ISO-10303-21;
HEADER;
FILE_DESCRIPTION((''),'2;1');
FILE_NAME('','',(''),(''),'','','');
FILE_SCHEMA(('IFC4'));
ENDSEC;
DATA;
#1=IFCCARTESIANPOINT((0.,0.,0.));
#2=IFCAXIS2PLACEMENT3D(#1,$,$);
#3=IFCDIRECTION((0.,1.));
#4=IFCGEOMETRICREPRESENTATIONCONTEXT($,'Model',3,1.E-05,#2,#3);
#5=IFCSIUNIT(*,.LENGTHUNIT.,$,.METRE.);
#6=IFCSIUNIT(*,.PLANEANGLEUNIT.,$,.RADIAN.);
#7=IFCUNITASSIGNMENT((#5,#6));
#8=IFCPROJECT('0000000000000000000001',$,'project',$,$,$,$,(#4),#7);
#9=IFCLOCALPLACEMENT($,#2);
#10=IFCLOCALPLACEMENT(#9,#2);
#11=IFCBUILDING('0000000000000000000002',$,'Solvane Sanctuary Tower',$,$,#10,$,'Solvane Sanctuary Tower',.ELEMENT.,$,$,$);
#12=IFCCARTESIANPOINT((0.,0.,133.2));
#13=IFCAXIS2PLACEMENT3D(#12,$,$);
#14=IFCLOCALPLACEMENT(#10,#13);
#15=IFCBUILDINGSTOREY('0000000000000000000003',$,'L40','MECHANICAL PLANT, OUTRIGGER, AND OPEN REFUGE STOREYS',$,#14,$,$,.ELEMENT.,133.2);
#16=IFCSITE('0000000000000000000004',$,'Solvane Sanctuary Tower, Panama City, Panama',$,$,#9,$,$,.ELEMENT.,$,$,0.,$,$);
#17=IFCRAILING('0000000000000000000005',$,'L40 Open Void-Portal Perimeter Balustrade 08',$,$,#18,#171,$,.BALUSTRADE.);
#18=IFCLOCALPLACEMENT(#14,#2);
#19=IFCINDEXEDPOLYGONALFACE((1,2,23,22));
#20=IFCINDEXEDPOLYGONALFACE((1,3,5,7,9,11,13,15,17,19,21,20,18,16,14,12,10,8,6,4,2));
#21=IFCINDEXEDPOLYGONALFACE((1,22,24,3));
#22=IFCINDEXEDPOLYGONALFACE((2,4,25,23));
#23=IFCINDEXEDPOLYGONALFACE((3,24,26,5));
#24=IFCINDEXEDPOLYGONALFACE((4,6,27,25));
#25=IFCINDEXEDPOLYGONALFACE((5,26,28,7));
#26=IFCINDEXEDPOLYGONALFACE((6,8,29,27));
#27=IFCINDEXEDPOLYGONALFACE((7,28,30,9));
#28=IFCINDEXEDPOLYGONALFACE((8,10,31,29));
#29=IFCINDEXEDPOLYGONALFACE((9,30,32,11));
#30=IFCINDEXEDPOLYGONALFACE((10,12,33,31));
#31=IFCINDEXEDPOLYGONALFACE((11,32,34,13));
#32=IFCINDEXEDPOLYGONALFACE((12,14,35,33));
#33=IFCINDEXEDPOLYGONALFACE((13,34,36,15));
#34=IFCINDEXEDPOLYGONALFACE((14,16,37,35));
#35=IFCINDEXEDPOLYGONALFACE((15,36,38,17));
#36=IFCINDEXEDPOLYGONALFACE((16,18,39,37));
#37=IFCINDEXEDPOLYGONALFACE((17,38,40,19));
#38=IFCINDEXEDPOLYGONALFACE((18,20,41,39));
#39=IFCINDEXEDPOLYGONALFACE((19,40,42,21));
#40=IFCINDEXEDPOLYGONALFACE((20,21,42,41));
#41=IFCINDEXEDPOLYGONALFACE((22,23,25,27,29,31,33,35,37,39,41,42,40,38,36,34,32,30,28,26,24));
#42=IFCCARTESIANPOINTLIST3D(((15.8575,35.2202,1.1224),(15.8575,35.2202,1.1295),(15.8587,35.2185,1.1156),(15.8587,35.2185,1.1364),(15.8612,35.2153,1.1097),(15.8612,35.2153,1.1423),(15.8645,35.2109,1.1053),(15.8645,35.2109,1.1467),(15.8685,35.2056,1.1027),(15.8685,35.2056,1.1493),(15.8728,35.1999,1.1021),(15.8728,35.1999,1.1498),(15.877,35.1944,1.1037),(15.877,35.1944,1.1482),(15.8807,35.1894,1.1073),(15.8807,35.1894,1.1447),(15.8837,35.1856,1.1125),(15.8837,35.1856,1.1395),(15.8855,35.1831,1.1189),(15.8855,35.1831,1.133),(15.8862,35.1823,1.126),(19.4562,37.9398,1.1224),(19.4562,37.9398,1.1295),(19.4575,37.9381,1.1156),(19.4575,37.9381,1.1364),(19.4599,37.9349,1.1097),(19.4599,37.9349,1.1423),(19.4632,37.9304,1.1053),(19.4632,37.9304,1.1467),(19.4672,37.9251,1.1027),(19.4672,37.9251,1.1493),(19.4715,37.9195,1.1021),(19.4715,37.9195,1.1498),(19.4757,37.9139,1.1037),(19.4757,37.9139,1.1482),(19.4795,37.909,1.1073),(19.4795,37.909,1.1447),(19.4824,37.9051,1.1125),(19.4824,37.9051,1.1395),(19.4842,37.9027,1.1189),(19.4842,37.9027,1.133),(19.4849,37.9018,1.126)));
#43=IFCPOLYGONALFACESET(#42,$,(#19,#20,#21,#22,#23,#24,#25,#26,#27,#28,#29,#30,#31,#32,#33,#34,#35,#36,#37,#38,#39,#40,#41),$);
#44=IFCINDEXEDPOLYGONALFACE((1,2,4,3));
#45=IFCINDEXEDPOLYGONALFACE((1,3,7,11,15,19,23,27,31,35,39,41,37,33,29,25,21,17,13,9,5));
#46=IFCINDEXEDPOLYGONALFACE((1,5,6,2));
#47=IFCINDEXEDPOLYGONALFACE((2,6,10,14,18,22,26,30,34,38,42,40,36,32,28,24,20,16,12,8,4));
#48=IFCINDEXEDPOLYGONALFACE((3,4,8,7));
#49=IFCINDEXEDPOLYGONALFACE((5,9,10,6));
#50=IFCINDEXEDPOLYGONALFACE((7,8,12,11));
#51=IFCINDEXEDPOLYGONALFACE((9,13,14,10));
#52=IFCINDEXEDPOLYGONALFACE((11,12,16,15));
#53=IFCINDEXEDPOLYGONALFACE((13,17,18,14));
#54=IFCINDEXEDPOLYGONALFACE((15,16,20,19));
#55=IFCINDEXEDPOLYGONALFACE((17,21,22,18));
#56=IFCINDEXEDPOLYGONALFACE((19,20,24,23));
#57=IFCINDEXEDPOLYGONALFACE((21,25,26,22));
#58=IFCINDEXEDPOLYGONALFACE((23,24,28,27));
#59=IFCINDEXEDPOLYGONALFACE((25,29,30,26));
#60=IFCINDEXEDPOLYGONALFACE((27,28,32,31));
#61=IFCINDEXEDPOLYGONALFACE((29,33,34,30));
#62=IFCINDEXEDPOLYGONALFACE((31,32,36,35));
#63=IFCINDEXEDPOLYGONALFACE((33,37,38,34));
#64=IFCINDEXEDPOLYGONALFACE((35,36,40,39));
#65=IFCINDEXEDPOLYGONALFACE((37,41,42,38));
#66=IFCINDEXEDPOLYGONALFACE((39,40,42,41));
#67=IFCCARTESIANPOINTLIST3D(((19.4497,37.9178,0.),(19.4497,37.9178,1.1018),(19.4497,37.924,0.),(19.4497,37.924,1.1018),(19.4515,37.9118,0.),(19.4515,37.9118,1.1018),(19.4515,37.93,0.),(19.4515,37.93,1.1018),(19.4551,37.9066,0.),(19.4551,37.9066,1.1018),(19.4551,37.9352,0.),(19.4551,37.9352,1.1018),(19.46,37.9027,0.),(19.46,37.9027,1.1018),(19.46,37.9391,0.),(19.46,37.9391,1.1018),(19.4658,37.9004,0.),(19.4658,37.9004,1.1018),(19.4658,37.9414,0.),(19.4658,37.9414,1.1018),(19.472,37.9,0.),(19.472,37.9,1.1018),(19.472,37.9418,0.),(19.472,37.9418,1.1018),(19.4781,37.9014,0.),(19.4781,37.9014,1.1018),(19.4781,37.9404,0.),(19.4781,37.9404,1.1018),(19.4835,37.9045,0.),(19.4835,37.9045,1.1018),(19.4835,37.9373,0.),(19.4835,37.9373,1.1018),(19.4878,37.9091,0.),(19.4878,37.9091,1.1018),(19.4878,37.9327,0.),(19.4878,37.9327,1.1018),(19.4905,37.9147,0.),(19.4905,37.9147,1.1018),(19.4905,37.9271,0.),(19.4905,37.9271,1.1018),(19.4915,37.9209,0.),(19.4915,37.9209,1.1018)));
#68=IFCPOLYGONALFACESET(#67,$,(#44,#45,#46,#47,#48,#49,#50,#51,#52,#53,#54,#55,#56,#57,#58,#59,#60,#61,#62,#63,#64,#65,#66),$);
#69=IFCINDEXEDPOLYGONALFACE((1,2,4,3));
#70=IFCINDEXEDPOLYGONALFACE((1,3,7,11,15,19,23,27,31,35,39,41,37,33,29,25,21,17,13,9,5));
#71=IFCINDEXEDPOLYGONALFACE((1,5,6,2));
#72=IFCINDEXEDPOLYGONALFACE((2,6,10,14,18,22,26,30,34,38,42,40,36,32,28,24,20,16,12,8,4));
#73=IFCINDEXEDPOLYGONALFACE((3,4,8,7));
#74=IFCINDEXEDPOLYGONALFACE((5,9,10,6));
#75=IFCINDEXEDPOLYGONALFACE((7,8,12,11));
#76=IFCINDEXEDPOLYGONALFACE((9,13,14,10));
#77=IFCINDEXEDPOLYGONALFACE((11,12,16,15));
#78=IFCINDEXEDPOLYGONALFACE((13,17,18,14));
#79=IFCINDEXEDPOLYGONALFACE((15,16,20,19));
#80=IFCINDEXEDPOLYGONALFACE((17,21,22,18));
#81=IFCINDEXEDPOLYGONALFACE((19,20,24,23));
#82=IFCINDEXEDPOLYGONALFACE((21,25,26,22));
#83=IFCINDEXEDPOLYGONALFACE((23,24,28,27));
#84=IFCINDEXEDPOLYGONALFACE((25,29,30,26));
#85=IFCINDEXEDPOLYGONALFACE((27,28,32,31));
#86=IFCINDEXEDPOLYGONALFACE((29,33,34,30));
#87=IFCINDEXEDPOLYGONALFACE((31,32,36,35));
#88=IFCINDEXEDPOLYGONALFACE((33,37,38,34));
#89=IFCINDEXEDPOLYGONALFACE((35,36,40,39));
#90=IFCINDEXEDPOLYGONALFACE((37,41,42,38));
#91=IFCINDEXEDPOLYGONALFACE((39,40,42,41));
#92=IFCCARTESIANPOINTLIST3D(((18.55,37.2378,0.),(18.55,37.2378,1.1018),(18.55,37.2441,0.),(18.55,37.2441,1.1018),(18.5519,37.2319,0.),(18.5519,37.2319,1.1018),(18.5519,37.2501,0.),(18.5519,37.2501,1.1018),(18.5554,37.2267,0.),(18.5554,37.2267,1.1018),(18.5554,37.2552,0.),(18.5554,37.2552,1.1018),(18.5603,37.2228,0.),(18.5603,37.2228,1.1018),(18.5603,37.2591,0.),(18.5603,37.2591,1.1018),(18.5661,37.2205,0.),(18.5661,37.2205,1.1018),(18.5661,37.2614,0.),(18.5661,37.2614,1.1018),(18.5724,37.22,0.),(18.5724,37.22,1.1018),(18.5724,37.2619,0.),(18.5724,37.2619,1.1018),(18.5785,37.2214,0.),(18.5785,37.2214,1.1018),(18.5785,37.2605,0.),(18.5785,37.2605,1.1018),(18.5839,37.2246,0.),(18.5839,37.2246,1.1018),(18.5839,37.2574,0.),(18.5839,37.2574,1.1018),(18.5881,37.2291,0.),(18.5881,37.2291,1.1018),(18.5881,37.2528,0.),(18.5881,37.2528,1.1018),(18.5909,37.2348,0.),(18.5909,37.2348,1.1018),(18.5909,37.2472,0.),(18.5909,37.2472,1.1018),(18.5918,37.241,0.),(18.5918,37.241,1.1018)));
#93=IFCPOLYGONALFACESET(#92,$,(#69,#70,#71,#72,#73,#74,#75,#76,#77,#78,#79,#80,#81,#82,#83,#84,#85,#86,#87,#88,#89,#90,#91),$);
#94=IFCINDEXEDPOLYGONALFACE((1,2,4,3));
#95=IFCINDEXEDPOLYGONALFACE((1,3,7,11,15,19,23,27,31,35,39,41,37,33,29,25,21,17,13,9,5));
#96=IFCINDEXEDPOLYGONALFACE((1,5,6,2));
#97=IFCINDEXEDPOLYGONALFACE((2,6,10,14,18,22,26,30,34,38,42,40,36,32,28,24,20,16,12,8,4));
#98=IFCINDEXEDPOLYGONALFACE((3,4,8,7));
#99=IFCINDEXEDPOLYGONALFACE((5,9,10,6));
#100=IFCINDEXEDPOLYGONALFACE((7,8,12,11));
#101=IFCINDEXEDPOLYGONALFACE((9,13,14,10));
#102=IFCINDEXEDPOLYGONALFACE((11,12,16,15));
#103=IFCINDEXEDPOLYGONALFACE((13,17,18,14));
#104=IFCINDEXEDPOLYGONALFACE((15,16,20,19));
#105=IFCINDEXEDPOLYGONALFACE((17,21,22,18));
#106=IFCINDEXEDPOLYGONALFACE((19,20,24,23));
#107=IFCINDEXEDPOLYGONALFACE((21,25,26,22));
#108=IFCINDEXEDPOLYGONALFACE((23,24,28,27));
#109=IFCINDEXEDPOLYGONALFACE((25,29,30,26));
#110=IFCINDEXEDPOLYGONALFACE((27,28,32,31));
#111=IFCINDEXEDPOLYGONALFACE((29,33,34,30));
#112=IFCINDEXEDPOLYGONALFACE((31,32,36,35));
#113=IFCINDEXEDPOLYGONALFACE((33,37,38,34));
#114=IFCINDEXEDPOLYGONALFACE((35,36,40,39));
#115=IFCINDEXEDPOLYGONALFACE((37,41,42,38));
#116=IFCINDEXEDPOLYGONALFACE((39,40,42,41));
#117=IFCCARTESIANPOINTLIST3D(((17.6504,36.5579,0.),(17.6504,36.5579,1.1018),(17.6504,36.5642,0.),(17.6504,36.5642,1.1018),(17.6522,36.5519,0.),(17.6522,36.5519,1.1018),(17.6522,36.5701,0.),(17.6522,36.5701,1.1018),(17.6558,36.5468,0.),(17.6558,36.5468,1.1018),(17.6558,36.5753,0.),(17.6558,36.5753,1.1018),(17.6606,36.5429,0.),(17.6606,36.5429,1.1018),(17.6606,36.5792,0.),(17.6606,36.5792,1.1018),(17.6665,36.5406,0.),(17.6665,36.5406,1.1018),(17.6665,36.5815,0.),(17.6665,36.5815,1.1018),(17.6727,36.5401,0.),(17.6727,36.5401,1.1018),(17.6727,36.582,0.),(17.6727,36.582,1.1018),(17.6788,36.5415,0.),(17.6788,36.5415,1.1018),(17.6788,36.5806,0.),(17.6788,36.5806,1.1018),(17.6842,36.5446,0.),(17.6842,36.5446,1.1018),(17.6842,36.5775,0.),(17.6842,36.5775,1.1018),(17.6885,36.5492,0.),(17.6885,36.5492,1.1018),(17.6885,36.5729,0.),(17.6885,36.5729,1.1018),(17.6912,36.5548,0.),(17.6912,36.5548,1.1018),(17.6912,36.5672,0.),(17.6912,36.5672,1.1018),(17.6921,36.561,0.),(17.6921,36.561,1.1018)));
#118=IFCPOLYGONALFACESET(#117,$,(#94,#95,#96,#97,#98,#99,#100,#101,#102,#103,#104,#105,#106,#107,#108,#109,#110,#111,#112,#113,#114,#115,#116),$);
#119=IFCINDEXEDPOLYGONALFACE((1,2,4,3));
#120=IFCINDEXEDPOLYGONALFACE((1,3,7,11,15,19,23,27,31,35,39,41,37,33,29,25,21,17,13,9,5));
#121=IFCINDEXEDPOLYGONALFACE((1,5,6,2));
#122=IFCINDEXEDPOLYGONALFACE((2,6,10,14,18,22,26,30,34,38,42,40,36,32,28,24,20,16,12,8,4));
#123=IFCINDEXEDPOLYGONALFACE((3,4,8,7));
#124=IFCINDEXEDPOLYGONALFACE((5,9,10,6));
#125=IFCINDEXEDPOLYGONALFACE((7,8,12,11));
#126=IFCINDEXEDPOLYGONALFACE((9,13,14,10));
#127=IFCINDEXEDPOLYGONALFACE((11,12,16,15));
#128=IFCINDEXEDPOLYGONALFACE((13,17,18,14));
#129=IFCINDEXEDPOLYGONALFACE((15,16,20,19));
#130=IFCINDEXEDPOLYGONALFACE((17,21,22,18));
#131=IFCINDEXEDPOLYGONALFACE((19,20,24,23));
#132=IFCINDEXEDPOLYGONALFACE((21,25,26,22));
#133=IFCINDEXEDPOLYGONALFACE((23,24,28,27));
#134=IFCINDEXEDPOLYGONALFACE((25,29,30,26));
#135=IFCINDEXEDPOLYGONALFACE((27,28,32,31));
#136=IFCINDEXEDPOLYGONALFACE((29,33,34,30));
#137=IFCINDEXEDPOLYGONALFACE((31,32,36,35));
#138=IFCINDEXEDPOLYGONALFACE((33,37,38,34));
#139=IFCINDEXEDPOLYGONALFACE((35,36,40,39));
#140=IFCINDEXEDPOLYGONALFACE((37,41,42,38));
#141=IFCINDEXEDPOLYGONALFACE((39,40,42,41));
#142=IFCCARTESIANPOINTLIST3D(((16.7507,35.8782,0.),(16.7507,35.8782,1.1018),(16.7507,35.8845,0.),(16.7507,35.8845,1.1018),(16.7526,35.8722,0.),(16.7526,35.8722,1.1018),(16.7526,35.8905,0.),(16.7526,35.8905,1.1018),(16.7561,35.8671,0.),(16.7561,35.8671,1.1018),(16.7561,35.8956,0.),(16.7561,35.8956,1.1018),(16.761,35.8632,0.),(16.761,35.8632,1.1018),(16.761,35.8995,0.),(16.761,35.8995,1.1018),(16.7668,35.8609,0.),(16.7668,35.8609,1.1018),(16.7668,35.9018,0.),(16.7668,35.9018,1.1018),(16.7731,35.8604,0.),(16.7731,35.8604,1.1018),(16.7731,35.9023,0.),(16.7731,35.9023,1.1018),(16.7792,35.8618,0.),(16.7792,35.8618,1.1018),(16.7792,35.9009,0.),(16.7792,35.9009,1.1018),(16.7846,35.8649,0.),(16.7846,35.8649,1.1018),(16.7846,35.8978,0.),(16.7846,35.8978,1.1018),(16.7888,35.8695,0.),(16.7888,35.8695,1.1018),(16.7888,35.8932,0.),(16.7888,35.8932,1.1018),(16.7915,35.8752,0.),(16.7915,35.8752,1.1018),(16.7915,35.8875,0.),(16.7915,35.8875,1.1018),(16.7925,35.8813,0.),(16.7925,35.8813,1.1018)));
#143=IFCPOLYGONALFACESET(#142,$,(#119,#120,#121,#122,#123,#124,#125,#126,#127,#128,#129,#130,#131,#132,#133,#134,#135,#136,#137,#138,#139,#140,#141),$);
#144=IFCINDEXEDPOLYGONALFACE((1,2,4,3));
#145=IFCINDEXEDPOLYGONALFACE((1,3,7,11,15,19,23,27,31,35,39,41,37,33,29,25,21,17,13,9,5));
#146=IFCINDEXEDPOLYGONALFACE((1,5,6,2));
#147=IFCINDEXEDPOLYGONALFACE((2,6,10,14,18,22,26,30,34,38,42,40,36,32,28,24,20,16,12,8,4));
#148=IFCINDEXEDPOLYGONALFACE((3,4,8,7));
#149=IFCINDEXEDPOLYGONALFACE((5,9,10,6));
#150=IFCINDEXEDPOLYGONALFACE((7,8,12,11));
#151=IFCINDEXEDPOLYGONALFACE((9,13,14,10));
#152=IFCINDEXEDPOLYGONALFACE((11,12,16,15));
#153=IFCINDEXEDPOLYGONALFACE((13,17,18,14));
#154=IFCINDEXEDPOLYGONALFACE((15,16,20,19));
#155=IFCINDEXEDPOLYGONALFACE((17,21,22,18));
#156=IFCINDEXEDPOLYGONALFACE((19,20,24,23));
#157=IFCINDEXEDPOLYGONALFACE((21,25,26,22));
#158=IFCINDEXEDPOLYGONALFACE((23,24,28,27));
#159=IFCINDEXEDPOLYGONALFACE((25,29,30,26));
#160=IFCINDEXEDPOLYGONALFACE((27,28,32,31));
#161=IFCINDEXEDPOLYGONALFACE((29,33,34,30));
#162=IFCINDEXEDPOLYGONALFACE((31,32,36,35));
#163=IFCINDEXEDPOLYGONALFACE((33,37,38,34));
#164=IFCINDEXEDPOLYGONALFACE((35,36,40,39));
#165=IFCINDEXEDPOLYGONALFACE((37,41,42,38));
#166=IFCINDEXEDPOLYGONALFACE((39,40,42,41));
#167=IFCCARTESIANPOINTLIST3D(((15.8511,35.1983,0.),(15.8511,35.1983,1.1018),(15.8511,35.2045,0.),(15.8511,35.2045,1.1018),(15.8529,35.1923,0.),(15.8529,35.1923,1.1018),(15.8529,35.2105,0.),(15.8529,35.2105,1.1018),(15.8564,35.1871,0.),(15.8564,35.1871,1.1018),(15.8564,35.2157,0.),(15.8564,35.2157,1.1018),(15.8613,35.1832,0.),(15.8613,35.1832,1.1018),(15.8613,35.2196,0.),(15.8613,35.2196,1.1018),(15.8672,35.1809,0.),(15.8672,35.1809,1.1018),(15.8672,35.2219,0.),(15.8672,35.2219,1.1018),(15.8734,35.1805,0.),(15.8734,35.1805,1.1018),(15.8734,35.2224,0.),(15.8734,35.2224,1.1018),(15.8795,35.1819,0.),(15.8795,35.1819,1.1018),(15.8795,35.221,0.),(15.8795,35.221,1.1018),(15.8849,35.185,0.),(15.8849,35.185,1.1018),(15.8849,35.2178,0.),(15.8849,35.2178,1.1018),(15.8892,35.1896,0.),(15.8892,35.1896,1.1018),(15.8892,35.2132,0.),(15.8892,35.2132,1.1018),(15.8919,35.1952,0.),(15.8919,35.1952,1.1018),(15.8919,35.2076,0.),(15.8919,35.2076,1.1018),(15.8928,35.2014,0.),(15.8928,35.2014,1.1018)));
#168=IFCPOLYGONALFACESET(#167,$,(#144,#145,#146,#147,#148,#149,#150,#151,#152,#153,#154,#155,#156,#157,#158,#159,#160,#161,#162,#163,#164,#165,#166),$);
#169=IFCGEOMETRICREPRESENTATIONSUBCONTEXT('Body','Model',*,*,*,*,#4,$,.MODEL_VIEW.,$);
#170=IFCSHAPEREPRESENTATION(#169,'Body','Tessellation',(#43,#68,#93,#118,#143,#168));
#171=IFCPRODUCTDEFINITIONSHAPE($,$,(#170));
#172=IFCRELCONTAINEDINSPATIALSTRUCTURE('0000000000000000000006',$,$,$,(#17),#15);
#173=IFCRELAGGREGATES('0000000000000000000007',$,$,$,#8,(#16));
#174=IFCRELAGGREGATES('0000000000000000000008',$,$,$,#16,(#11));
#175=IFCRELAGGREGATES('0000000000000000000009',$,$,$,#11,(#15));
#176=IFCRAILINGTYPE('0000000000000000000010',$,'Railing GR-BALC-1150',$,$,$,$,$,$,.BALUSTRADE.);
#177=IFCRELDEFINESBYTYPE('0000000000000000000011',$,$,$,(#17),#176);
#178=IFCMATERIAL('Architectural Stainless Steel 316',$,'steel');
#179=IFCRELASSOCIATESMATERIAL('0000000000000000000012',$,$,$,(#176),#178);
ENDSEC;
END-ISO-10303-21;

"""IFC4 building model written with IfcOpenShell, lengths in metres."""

from ifc_helpers import new_model, si_unit, direction, frame, origin, origin_2d, place, context, subcontext, project, spatial, circle, extrude, material, type_object, element, save


model = new_model("IFC4")

# Units and contexts
model_context = context("Model", 3, precision=1e-05, world=origin(), true_north=direction((0.0, 1.0)))
body_context = subcontext(model_context, "Body", "Model", "MODEL_VIEW")
ifc_project = project(units=[si_unit("LENGTHUNIT", "METRE"), si_unit("PLANEANGLEUNIT", "RADIAN")], contexts=[model_context])

# Site, building, storey
site_placement = place(None, origin())
site = spatial("IfcSite", under=ifc_project, at=site_placement, Name="Solvane Sanctuary Tower, Panama City, Panama", CompositionType="ELEMENT", RefElevation=0.0)
building_placement = place(site_placement, origin())
building = spatial("IfcBuilding", under=site, at=building_placement, Name="Solvane Sanctuary Tower", LongName="Solvane Sanctuary Tower", CompositionType="ELEMENT")
storey_placement = place(building_placement, frame((0.0, 0.0, 133.2)))
storey = spatial("IfcBuildingStorey", under=building, at=storey_placement, Name="L40", Description="MECHANICAL PLANT, OUTRIGGER, AND OPEN REFUGE STOREYS", CompositionType="ELEMENT", Elevation=133.2)

# Shared definitions
ifc_material_1 = material(Name="Architectural Stainless Steel 316", Category="steel")

# Railing
railing_type_1 = type_object("IfcRailingType", Name="Railing GR-BALC-1150", PredefinedType="BALUSTRADE", material=ifc_material_1)
railing_1_placement = place(storey_placement, frame((19.4705, 37.9209, 0.0)))
element("IfcRailing", 1, at=railing_1_placement, inside=storey, type_object=railing_type_1, Name="L40 Open Void-Portal Perimeter Balustrade 08", PredefinedType="BALUSTRADE", context=body_context, shape_type="SweptSolid", body=[
    extrude(circle(Radius=0.0239, at=origin_2d()), frame((0.0, 0.0, 1.126), z_axis=(-0.797812, -0.602906, 0.0), x_axis=(0.602906, -0.797812, 0.0)), (0.0, 0.0, 1.0), 4.5107),
    extrude(circle(Radius=0.021, at=origin_2d()), origin(), (0.0, 0.0, 1.0), 1.1018),
    extrude(circle(Radius=0.021, at=origin_2d()), frame((-0.8997, -0.6799, 0.0)), (0.0, 0.0, 1.0), 1.1018),
    extrude(circle(Radius=0.021, at=origin_2d()), frame((-1.7993, -1.3599, 0.0)), (0.0, 0.0, 1.0), 1.1018),
    extrude(circle(Radius=0.021, at=origin_2d()), frame((-2.699, -2.0396, 0.0)), (0.0, 0.0, 1.0), 1.1018),
    extrude(circle(Radius=0.021, at=origin_2d()), frame((-3.5986, -2.7195, 0.0)), (0.0, 0.0, 1.0), 1.1018),
])

save(model, "model.ifc")
